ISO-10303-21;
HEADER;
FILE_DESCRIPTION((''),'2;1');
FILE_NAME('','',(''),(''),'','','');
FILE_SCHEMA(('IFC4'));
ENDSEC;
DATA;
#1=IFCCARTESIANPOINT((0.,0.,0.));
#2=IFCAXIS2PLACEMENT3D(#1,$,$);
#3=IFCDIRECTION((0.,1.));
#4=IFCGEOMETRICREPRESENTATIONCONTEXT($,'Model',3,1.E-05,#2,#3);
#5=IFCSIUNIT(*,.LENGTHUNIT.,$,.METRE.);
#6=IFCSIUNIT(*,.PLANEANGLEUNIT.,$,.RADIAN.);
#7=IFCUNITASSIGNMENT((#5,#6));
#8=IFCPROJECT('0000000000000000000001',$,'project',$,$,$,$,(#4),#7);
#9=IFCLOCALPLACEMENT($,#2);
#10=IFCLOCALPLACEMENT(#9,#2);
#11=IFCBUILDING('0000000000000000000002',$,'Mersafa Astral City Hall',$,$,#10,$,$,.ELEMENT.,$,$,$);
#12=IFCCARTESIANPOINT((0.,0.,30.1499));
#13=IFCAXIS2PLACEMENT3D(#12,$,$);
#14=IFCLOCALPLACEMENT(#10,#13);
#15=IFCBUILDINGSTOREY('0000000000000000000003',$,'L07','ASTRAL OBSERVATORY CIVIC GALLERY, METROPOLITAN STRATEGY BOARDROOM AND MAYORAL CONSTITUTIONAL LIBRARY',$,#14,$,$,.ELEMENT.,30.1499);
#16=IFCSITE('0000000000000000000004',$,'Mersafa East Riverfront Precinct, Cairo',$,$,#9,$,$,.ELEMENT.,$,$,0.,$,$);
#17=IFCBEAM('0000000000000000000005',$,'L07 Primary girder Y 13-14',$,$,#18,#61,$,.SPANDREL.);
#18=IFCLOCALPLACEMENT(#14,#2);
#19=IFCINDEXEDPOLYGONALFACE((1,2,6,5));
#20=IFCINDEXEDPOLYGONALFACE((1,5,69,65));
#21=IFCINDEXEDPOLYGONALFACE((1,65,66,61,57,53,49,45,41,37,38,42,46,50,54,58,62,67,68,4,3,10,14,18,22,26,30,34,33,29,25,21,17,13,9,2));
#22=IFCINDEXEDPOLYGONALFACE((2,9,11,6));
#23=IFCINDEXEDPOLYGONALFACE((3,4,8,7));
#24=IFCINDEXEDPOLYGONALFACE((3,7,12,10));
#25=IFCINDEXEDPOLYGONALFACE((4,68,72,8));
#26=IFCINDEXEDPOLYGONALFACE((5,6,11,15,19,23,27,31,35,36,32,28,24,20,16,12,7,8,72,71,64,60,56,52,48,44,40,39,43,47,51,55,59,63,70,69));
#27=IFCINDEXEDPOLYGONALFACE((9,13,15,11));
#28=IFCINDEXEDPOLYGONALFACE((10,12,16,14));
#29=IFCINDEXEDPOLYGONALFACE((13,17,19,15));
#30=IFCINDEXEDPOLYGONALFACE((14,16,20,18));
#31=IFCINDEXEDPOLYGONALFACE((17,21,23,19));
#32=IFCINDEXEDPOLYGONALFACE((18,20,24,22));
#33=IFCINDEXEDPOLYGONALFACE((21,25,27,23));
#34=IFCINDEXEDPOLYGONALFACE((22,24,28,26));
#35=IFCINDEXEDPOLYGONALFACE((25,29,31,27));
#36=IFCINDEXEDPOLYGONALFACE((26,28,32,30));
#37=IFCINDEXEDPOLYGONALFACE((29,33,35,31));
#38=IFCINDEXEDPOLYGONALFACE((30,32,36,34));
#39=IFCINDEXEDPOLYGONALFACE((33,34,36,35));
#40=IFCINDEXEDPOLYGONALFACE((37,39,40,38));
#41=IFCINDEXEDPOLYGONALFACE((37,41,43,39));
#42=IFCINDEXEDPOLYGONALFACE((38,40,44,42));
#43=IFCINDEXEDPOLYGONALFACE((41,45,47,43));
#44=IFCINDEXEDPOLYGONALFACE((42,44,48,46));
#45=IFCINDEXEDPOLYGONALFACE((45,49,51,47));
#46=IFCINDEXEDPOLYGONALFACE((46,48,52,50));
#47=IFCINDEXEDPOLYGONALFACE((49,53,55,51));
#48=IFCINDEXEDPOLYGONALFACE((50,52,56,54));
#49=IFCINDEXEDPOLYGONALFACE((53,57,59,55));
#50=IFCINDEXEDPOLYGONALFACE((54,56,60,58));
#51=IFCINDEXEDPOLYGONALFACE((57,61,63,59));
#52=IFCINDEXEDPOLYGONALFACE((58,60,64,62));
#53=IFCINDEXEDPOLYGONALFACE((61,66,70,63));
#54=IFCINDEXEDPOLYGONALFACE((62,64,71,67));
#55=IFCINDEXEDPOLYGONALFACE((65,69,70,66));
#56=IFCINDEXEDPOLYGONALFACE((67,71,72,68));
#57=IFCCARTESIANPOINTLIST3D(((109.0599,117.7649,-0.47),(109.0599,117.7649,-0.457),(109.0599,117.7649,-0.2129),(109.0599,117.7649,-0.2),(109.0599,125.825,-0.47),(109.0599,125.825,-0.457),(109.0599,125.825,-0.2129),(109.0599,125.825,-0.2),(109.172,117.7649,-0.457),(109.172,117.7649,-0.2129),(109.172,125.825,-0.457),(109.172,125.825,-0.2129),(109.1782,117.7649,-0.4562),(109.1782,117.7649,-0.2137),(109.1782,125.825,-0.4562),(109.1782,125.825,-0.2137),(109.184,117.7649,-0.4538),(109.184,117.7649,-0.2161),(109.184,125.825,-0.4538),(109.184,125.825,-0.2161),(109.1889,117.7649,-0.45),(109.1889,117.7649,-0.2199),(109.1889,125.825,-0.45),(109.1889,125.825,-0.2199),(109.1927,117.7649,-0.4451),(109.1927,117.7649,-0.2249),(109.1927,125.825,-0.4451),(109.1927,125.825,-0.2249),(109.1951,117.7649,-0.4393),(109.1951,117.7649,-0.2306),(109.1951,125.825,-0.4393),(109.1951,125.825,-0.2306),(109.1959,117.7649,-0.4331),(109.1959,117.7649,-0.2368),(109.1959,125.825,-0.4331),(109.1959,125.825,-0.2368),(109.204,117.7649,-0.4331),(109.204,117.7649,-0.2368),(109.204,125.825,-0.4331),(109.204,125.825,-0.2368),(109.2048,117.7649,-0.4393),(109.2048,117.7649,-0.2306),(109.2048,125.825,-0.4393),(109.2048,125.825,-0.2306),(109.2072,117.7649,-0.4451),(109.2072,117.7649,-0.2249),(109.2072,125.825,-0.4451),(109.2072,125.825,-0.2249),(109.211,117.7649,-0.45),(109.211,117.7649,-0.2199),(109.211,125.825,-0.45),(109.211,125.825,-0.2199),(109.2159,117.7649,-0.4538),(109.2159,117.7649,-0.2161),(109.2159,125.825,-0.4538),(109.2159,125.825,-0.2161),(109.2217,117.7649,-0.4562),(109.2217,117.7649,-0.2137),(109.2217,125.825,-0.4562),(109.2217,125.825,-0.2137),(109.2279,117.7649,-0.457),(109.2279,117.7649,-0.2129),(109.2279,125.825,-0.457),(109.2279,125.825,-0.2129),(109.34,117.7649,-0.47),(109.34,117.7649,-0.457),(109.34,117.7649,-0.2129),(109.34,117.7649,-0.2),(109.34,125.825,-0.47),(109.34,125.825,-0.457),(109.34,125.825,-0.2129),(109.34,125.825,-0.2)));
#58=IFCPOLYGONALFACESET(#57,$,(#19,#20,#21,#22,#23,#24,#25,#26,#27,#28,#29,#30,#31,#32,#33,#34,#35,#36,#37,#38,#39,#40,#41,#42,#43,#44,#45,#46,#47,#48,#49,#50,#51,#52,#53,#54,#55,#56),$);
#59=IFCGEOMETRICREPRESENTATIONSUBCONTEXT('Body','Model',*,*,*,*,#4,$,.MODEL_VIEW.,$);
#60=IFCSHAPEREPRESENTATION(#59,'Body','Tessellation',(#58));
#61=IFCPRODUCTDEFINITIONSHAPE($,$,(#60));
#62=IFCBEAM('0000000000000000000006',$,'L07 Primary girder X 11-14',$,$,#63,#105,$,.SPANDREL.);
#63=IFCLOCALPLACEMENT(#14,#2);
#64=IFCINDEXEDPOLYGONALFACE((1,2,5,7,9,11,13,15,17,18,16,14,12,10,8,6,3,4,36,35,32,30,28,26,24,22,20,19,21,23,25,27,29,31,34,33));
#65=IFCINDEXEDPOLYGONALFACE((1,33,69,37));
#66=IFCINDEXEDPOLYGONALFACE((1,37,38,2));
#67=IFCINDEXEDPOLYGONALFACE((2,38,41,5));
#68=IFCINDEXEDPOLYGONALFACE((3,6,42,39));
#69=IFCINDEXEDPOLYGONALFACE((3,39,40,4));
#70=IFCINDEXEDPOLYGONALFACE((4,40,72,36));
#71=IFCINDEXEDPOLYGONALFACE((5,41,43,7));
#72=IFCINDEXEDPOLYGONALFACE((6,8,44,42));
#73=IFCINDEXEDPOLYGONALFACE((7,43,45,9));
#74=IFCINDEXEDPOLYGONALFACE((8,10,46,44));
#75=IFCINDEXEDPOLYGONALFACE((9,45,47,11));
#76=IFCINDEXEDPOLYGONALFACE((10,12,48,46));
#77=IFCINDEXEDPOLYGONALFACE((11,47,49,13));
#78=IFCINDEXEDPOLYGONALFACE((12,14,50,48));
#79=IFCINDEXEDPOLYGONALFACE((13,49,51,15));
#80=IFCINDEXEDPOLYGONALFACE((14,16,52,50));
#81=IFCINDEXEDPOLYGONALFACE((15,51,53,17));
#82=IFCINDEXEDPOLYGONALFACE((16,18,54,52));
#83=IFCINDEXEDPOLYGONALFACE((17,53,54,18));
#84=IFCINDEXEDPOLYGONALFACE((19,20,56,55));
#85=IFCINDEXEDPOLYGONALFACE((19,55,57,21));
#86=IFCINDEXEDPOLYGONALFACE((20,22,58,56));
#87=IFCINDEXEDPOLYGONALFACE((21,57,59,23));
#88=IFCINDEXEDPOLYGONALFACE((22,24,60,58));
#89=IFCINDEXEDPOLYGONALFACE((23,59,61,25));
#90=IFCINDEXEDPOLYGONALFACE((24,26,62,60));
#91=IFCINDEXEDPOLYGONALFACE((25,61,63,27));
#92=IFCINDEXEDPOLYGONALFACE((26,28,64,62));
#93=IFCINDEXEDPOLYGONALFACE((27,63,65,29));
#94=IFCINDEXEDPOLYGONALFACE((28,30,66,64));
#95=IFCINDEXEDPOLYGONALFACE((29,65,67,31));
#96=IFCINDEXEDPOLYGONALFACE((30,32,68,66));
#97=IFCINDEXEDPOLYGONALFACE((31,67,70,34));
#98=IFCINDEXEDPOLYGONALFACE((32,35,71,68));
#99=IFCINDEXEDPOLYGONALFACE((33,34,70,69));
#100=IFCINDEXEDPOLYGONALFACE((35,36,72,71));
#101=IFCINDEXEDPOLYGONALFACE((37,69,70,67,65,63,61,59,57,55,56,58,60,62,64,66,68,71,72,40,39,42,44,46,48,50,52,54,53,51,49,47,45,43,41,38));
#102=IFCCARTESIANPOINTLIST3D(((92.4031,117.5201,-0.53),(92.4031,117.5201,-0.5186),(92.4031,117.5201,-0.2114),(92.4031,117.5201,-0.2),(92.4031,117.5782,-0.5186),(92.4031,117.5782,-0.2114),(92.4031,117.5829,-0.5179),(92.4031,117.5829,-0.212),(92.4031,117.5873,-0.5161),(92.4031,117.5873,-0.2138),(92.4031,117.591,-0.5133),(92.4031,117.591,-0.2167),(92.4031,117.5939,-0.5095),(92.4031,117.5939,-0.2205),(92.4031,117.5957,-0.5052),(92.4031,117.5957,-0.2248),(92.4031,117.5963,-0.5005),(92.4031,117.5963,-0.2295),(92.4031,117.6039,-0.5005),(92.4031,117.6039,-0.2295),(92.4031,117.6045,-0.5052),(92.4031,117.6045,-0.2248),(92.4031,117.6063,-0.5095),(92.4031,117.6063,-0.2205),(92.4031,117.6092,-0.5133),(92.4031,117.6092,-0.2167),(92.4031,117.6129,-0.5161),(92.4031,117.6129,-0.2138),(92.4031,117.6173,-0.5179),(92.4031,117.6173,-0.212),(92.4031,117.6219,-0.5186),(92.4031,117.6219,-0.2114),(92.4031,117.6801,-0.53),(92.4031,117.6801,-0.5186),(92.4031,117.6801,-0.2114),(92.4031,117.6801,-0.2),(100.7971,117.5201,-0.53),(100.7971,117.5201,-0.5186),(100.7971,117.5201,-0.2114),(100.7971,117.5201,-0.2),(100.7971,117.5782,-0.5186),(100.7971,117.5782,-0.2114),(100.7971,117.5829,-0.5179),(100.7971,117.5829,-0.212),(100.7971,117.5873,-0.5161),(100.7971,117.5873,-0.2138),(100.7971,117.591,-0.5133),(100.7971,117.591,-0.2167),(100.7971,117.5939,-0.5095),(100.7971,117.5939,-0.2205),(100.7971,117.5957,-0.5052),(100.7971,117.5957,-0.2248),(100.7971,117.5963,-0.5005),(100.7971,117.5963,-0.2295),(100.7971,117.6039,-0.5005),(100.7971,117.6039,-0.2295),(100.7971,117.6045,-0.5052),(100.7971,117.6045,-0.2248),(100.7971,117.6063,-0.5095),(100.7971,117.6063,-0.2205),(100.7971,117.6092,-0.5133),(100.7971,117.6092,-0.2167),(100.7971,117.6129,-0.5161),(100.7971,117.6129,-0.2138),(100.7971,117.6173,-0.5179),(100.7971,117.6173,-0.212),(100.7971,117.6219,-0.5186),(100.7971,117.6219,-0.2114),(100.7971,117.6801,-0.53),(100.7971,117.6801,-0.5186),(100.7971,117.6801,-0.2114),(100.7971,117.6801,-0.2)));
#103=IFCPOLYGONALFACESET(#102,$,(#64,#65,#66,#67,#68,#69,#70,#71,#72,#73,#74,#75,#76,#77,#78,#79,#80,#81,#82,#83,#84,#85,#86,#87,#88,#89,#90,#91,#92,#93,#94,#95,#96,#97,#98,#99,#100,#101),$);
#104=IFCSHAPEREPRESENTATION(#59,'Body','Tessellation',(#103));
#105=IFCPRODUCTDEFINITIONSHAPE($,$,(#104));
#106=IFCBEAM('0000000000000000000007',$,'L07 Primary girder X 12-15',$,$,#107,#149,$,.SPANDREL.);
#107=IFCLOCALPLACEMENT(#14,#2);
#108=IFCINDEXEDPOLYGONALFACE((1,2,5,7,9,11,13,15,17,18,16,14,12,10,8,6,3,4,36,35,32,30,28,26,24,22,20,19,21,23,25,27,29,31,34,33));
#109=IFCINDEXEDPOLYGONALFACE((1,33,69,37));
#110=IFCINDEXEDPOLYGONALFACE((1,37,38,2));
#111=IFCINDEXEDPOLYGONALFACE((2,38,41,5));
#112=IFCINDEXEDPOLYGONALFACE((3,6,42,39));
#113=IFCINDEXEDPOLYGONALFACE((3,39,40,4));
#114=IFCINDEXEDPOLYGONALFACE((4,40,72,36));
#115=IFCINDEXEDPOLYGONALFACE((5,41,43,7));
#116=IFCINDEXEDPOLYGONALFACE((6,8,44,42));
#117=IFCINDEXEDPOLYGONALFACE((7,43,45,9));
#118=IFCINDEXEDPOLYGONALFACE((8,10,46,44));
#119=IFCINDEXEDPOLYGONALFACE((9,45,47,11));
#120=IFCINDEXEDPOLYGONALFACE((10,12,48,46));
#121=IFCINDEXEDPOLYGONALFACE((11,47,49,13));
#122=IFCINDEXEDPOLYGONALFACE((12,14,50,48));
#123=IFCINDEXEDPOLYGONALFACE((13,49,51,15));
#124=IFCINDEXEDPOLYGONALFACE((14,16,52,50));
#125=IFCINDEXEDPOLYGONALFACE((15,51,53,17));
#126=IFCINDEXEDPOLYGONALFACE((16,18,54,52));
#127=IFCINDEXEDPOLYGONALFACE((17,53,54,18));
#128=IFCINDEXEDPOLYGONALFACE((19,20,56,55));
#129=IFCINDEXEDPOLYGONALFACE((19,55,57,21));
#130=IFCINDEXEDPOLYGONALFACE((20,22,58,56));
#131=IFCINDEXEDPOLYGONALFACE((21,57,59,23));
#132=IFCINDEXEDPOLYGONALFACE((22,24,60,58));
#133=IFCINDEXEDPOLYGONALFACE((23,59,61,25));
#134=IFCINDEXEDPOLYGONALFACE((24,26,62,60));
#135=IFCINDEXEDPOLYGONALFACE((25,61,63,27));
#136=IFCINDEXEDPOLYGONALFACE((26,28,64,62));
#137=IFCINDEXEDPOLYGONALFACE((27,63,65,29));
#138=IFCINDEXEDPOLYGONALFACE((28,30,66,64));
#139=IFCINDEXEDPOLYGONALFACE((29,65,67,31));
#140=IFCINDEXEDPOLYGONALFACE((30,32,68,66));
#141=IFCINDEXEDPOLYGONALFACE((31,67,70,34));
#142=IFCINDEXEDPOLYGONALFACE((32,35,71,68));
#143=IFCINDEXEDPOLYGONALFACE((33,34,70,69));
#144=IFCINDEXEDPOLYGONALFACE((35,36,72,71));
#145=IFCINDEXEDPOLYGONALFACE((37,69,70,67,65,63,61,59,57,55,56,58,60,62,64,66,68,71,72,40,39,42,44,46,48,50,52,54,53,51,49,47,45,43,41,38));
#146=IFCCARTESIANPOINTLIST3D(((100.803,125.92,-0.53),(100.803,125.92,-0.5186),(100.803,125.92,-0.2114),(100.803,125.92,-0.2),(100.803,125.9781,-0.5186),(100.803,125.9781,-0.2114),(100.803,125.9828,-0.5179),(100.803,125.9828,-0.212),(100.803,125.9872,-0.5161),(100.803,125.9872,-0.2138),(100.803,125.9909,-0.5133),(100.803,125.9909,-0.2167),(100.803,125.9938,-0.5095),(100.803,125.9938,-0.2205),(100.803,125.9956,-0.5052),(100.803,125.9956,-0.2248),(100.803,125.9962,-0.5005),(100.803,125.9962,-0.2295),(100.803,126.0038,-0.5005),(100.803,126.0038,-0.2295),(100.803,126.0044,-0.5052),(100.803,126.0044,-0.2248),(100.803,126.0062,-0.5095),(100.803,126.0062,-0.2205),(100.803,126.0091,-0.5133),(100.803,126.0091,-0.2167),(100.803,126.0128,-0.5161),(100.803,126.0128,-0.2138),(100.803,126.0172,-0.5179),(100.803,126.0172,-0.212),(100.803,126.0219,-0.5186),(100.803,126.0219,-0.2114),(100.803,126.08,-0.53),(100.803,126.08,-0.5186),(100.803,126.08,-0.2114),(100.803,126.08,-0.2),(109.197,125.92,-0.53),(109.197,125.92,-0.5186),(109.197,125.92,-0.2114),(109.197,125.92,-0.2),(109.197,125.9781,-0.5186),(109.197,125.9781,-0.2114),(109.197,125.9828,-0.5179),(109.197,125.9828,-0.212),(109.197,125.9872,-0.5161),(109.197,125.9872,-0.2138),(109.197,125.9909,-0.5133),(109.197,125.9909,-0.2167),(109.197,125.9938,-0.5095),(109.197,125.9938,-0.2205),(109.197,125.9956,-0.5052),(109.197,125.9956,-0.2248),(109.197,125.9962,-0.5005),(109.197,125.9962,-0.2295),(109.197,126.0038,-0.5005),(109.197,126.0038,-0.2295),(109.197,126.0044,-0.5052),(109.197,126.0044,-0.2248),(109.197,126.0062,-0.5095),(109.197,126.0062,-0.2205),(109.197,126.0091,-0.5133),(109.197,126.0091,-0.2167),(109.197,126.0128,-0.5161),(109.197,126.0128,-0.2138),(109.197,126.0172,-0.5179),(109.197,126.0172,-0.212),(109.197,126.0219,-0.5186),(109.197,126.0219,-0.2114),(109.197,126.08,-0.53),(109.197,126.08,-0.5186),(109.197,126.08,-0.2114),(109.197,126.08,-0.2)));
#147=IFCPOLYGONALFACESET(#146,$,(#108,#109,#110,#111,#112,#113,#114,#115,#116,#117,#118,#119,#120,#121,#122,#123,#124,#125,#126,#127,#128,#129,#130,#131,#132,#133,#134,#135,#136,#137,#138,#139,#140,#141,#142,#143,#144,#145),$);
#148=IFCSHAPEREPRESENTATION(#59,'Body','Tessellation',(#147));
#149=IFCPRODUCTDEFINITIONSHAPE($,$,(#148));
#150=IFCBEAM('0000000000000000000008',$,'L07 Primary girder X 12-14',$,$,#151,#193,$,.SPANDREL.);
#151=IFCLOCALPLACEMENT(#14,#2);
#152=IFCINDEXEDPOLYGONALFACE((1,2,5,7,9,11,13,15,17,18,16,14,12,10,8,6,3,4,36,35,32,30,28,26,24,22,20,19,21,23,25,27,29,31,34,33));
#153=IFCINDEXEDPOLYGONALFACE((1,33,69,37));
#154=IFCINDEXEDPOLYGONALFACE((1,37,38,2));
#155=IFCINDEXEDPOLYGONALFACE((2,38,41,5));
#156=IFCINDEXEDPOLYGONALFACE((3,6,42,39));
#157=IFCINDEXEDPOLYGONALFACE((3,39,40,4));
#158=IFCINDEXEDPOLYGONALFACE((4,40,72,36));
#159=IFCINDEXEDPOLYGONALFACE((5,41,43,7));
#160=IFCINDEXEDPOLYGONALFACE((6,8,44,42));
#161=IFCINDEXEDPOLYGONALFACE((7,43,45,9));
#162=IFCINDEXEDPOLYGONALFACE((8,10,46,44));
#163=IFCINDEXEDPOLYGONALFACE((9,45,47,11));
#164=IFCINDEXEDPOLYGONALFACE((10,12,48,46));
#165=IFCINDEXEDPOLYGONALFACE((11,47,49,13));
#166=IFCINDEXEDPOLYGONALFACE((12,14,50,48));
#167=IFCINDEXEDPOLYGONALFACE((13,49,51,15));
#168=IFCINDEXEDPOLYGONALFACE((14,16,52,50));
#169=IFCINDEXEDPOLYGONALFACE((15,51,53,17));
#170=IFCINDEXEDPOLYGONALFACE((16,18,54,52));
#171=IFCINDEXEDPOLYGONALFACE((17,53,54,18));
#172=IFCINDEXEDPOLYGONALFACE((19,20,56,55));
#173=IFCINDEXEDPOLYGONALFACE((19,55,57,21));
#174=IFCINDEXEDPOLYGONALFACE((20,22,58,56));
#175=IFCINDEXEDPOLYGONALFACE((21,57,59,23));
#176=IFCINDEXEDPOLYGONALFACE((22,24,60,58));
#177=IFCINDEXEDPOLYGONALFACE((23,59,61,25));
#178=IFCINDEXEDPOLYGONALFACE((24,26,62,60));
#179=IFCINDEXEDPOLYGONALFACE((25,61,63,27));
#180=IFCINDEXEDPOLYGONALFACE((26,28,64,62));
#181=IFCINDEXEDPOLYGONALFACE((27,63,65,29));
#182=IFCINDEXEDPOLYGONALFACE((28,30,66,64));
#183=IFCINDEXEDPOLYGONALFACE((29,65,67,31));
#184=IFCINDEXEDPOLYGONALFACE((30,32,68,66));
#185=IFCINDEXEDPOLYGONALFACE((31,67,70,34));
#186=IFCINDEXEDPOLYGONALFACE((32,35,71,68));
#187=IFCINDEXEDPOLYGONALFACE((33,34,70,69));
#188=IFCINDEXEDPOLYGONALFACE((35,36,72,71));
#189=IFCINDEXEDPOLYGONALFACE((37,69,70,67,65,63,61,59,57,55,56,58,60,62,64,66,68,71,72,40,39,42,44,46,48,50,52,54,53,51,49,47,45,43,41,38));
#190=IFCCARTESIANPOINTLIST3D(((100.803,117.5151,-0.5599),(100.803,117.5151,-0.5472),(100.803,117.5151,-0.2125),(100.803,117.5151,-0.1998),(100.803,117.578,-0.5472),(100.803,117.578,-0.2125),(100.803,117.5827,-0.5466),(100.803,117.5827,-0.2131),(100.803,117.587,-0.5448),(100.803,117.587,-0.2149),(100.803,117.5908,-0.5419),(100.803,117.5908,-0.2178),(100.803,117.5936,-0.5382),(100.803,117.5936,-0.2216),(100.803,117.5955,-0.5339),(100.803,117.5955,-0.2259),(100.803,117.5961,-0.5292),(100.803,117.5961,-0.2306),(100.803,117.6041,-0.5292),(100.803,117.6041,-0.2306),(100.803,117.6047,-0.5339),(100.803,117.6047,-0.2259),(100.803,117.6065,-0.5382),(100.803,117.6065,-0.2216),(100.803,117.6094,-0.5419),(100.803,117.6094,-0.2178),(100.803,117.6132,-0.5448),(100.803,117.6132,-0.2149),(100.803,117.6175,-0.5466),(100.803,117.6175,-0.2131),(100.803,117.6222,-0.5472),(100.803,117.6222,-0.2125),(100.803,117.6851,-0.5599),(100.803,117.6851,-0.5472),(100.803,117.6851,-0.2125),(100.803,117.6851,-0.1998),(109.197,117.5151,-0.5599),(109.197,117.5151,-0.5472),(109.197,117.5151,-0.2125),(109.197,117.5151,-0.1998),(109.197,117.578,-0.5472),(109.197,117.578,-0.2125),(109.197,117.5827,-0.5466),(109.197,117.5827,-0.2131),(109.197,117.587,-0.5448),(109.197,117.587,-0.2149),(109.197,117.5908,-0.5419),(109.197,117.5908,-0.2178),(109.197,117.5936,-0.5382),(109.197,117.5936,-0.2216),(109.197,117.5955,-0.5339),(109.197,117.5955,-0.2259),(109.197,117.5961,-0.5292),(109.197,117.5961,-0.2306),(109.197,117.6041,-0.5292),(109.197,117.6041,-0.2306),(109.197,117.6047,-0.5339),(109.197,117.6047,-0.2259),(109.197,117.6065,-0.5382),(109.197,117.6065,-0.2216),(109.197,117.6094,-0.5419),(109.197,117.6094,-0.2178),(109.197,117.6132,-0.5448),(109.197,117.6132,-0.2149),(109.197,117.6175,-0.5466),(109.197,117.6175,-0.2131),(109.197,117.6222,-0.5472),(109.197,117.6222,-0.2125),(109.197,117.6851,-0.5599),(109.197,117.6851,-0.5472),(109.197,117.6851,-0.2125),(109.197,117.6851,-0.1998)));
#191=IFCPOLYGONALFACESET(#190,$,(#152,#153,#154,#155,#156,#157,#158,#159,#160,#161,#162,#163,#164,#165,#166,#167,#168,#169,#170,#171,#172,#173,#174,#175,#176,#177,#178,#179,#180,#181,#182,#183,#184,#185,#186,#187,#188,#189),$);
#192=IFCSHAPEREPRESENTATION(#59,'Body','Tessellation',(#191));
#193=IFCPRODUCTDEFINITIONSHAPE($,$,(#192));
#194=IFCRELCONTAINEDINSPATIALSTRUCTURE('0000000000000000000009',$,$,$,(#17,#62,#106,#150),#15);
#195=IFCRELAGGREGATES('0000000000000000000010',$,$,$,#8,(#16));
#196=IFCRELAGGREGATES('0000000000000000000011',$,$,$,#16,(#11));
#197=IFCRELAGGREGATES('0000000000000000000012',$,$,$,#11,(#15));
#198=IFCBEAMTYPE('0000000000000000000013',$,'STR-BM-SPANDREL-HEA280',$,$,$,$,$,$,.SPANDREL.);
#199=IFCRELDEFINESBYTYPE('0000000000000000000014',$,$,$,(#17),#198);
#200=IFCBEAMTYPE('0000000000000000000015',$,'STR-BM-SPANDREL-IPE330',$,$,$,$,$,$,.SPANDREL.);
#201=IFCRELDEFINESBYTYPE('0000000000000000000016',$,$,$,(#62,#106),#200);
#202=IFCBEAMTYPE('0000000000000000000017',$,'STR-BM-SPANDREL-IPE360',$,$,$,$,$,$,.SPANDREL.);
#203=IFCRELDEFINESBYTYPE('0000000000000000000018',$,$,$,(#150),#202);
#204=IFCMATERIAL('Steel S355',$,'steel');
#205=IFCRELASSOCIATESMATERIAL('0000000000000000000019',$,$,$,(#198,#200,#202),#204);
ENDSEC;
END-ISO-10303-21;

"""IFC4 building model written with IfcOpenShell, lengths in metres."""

from ifc_helpers import new_model, si_unit, direction, frame, origin, origin_2d, place, context, subcontext, project, spatial, i_section, extrude, material, material_profile, profile_set, type_object, element, save


model = new_model("IFC4")

# Units and contexts
model_context = context("Model", 3, precision=1e-05, world=origin(), true_north=direction((0.0, 1.0)))
body_context = subcontext(model_context, "Body", "Model", "MODEL_VIEW")
ifc_project = project(units=[si_unit("LENGTHUNIT", "METRE"), si_unit("PLANEANGLEUNIT", "RADIAN")], contexts=[model_context])

# Site, building, storey
site_placement = place(None, origin())
site = spatial("IfcSite", under=ifc_project, at=site_placement, Name="Mersafa East Riverfront Precinct, Cairo", CompositionType="ELEMENT", RefElevation=0.0)
building_placement = place(site_placement, origin())
building = spatial("IfcBuilding", under=site, at=building_placement, Name="Mersafa Astral City Hall", CompositionType="ELEMENT")
storey_placement = place(building_placement, frame((0.0, 0.0, 30.1499)))
storey = spatial("IfcBuildingStorey", under=building, at=storey_placement, Name="L07", Description="ASTRAL OBSERVATORY CIVIC GALLERY, METROPOLITAN STRATEGY BOARDROOM AND MAYORAL CONSTITUTIONAL LIBRARY", CompositionType="ELEMENT", Elevation=30.1499)

# Shared definitions
ifc_material_1 = material(Name="Steel S355", Category="steel")

# Beams
ifc_material_profile_1 = material_profile(ifc_material_1, i_section(OverallWidth=0.28, OverallDepth=0.27, WebThickness=0.0081, FlangeThickness=0.0129, FilletRadius=0.0239, at=origin_2d()), Name="HEA 280")
ifc_profile_set_1 = profile_set([ifc_material_profile_1], Name="Steel S355")
beam_type_1 = type_object("IfcBeamType", Name="STR-BM-SPANDREL-HEA280", PredefinedType="SPANDREL", material=ifc_profile_set_1)
beam_1_placement = place(storey_placement, frame((109.2, 117.7649, -0.335), z_axis=(0.0, 1.0, 0.0), x_axis=(-1.0, 0.0, 0.0)))
element("IfcBeam", 1, at=beam_1_placement, inside=storey, type_object=beam_type_1, Name="L07 Primary girder Y 13-14", PredefinedType="SPANDREL", context=body_context, shape_type="SweptSolid", body=[
    extrude(i_section(OverallWidth=0.28, OverallDepth=0.27, WebThickness=0.0081, FlangeThickness=0.0129, FilletRadius=0.0239, at=origin_2d()), origin(), (0.0, 0.0, 1.0), 8.0601),
])
ifc_material_profile_2 = material_profile(ifc_material_1, i_section(OverallWidth=0.1599, OverallDepth=0.3301, WebThickness=0.0076, FlangeThickness=0.0115, FilletRadius=0.0181, at=origin_2d()), Name="IPE 330")
ifc_profile_set_2 = profile_set([ifc_material_profile_2], Name="Steel S355")
beam_type_2 = type_object("IfcBeamType", Name="STR-BM-SPANDREL-IPE330", PredefinedType="SPANDREL", material=ifc_profile_set_2)
for number, where, z_axis, x_axis, name in (
    (2, (92.4031, 117.6001, -0.365), (1.0, 0.0, 0.0), (0.0, 1.0, 0.0), "L07 Primary girder X 11-14"),
    (3, (100.803, 126.0, -0.365), (1.0, 0.0, 0.0), (0.0, 1.0, 0.0), "L07 Primary girder X 12-15"),
):
    element("IfcBeam", number, at=place(storey_placement, frame(where, z_axis=z_axis, x_axis=x_axis)), inside=storey, type_object=beam_type_2, Name=name, PredefinedType="SPANDREL", context=body_context, shape_type="SweptSolid", body=[
        extrude(i_section(OverallWidth=0.1599, OverallDepth=0.3301, WebThickness=0.0076, FlangeThickness=0.0115, FilletRadius=0.0181, at=origin_2d()), origin(), (0.0, 0.0, 1.0), 8.394),
    ])
ifc_material_profile_3 = material_profile(ifc_material_1, i_section(OverallWidth=0.1699, OverallDepth=0.3601, WebThickness=0.0081, FlangeThickness=0.0127, FilletRadius=0.0181, at=origin_2d()), Name="IPE 360")
ifc_profile_set_3 = profile_set([ifc_material_profile_3], Name="Steel S355")
beam_type_3 = type_object("IfcBeamType", Name="STR-BM-SPANDREL-IPE360", PredefinedType="SPANDREL", material=ifc_profile_set_3)
for number, where, z_axis, x_axis, name in (
    (4, (100.803, 117.6001, -0.3799), (1.0, 0.0, 0.0), (0.0, 1.0, 0.0), "L07 Primary girder X 12-14"),
):
    element("IfcBeam", number, at=place(storey_placement, frame(where, z_axis=z_axis, x_axis=x_axis)), inside=storey, type_object=beam_type_3, Name=name, PredefinedType="SPANDREL", context=body_context, shape_type="SweptSolid", body=[
        extrude(i_section(OverallWidth=0.1699, OverallDepth=0.3601, WebThickness=0.0081, FlangeThickness=0.0127, FilletRadius=0.0181, at=origin_2d()), origin(), (0.0, 0.0, 1.0), 8.394),
    ])

save(model, "model.ifc")
